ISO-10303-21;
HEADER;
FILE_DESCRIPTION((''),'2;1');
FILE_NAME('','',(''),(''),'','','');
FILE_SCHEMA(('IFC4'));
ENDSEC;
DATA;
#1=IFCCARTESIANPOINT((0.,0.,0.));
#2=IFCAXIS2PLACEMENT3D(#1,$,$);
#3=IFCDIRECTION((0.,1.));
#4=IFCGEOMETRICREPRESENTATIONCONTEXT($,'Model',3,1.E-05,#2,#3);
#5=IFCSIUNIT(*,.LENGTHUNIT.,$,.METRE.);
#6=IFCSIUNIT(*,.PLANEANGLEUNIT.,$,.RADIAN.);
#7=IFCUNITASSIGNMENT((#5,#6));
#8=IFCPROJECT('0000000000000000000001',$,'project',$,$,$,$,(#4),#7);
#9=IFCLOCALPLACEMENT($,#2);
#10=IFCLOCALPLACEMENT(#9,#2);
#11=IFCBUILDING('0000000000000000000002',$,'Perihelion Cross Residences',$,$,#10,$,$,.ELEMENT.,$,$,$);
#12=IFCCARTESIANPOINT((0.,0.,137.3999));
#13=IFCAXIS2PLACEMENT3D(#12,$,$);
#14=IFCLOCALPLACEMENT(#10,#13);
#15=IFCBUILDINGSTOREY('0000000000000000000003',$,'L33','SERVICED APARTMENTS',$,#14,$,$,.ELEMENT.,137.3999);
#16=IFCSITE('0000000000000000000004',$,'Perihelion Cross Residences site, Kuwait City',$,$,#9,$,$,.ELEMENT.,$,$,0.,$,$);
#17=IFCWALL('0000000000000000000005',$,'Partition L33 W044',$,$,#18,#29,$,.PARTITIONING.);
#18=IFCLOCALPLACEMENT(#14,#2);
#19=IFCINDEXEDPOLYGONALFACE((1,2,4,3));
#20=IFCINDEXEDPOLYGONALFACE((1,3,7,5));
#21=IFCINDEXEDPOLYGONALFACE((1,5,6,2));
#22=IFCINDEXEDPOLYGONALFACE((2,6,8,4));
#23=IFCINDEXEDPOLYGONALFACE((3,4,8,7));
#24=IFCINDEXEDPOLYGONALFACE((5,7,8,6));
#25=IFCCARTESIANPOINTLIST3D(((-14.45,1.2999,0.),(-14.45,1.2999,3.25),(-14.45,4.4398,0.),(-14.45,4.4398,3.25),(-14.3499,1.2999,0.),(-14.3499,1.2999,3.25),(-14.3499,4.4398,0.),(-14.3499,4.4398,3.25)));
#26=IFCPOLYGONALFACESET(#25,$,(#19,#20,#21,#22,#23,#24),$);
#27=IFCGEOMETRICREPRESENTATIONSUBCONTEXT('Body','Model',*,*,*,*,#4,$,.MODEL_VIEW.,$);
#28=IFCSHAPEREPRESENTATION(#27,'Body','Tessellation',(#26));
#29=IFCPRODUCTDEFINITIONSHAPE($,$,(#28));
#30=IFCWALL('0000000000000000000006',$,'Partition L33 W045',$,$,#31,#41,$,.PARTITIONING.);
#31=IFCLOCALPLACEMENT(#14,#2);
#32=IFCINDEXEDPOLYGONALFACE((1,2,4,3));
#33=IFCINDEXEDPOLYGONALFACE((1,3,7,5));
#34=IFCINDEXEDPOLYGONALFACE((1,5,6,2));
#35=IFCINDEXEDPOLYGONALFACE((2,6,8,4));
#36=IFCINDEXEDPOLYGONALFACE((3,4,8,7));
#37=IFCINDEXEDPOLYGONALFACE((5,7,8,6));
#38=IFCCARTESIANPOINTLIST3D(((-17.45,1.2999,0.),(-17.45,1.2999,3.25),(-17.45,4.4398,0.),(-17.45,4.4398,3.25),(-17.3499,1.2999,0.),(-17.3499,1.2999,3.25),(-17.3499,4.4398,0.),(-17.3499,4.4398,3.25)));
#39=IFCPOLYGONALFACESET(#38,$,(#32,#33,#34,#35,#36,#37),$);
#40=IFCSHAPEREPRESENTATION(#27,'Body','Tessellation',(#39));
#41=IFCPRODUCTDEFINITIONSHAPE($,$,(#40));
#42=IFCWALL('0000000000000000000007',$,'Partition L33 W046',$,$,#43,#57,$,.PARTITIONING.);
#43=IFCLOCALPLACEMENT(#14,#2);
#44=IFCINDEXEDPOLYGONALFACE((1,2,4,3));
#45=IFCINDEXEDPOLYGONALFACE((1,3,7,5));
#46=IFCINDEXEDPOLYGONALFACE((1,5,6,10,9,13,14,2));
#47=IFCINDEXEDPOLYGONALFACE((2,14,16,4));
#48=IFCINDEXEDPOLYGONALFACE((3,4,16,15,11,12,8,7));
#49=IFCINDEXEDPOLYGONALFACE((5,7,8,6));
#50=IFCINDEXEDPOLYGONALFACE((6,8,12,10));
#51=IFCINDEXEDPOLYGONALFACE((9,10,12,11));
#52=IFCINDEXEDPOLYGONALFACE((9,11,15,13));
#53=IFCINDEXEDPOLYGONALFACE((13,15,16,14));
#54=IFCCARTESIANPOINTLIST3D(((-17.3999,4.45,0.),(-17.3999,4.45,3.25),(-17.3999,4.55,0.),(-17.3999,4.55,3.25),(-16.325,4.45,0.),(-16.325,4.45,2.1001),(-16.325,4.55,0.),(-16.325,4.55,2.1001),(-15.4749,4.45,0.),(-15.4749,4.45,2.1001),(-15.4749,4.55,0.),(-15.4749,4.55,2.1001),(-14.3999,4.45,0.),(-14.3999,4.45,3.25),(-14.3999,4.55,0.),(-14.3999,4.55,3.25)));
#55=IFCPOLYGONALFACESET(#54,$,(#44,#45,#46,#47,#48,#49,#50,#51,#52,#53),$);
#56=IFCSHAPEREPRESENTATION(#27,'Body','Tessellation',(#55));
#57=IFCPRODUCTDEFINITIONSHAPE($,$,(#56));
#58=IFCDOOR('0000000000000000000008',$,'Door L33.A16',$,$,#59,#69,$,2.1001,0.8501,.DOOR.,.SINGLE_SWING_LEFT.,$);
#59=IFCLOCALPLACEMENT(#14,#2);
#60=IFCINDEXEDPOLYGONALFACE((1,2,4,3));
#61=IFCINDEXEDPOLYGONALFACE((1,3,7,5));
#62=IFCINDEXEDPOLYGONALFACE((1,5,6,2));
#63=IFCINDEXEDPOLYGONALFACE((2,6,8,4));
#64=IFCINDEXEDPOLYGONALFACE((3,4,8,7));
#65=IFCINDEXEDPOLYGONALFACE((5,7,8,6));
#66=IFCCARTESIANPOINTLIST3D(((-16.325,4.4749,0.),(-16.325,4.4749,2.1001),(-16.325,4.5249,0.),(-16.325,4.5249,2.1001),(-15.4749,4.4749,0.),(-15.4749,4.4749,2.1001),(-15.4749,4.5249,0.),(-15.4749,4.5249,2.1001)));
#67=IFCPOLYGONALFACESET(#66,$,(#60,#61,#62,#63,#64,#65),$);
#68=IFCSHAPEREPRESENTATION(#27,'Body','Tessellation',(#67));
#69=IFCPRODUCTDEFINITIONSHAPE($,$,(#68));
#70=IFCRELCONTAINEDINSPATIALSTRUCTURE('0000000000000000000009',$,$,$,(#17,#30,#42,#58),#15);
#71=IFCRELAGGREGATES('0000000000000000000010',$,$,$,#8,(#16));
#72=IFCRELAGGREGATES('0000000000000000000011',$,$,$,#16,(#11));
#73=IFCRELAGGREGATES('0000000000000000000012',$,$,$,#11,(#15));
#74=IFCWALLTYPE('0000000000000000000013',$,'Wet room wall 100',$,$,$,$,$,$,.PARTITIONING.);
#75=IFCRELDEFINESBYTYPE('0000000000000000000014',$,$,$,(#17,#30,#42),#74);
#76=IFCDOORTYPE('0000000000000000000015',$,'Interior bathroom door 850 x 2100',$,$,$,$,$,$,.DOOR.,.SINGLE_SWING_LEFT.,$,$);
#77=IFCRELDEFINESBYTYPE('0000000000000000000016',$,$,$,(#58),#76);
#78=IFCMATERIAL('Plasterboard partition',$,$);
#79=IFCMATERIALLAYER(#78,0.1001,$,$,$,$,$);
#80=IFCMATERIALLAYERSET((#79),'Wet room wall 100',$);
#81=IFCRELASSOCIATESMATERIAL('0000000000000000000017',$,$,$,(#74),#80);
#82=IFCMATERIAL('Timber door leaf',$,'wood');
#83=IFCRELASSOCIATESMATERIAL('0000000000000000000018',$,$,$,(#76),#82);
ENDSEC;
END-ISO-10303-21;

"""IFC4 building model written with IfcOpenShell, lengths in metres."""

from ifc_helpers import new_model, si_unit, direction, frame, frame_2d, origin, place, context, subcontext, project, spatial, rectangle, extrude, material, layer, layer_set, type_object, element, fill, save


model = new_model("IFC4")

# Units and contexts
model_context = context("Model", 3, precision=1e-05, world=origin(), true_north=direction((0.0, 1.0)))
body_context = subcontext(model_context, "Body", "Model", "MODEL_VIEW")
ifc_project = project(units=[si_unit("LENGTHUNIT", "METRE"), si_unit("PLANEANGLEUNIT", "RADIAN")], contexts=[model_context])

# Site, building, storey
site_placement = place(None, origin())
site = spatial("IfcSite", under=ifc_project, at=site_placement, Name="Perihelion Cross Residences site, Kuwait City", CompositionType="ELEMENT", RefElevation=0.0)
building_placement = place(site_placement, origin())
building = spatial("IfcBuilding", under=site, at=building_placement, Name="Perihelion Cross Residences", CompositionType="ELEMENT")
storey_placement = place(building_placement, frame((0.0, 0.0, 137.3999)))
storey = spatial("IfcBuildingStorey", under=building, at=storey_placement, Name="L33", Description="SERVICED APARTMENTS", CompositionType="ELEMENT", Elevation=137.3999)

# Walls
ifc_material_1 = material(Name="Plasterboard partition")
ifc_layer_1 = layer(ifc_material_1, 0.1001)
ifc_layer_set_1 = layer_set([ifc_layer_1], Name="Wet room wall 100")
wall_type_1 = type_object("IfcWallType", Name="Wet room wall 100", PredefinedType="PARTITIONING", material=ifc_layer_set_1)
for number, where, z_axis, x_axis, name in (
    (1, (-14.3999, 1.3, 0.0), (0.0, 0.0, 1.0), (0.0, 1.0, 0.0), "Partition L33 W044"),
    (2, (-17.3999, 1.3, 0.0), (0.0, 0.0, 1.0), (0.0, 1.0, 0.0), "Partition L33 W045"),
):
    element("IfcWall", number, at=place(storey_placement, frame(where, z_axis=z_axis, x_axis=x_axis)), inside=storey, type_object=wall_type_1, Name=name, PredefinedType="PARTITIONING", context=body_context, shape_type="SweptSolid", body=[
        extrude(rectangle(XDim=3.1399, YDim=0.1001, at=frame_2d((1.5698, 0.0))), origin(), (0.0, 0.0, 1.0), 3.25),
    ])

# Wall, opening, door
wall_1_placement = place(storey_placement, frame((-17.3999, 4.5, 0.0), z_axis=(0.0, 0.0, 1.0), x_axis=(1.0, 0.0, 0.0)))
wall_1 = element("IfcWall", 3, at=wall_1_placement, inside=storey, type_object=wall_type_1, Name="Partition L33 W046", PredefinedType="PARTITIONING", context=body_context, shape_type="SweptSolid", body=[
    extrude(rectangle(XDim=3.0, YDim=0.1001, at=frame_2d((1.5, 0.0))), origin(), (0.0, 0.0, 1.0), 3.25),
])
opening_1_placement = place(wall_1_placement, frame((1.075, 0.0, 0.0)))
opening_1 = element("IfcOpeningElement", 4, at=opening_1_placement, cuts=wall_1, PredefinedType="OPENING", context=body_context, shape_type="SweptSolid", body=[
    extrude(rectangle(XDim=0.8501, YDim=2.1001, at=frame_2d((0.425, 1.05))), frame((0.0, 0.0601, 0.0), z_axis=(0.0, -1.0, 0.0), x_axis=(1.0, 0.0, 0.0)), (0.0, 0.0, 1.0), 0.1201),
])
ifc_material_2 = material(Name="Timber door leaf", Category="wood")
door_type_1 = type_object("IfcDoorType", Name="Interior bathroom door 850 x 2100", OperationType="SINGLE_SWING_LEFT", PredefinedType="DOOR", material=ifc_material_2)
door_1_placement = place(opening_1_placement, origin())
door_1 = element("IfcDoor", 5, at=door_1_placement, inside=storey, type_object=door_type_1, Name="Door L33.A16", OperationType="SINGLE_SWING_LEFT", OverallHeight=2.1001, OverallWidth=0.8501, PredefinedType="DOOR", context=body_context, shape_type="SweptSolid", body=[
    extrude(rectangle(XDim=0.8501, YDim=2.1001, at=frame_2d((0.425, 1.05))), frame((0.0, 0.0249, 0.0), z_axis=(0.0, -1.0, 0.0), x_axis=(1.0, 0.0, 0.0)), (0.0, 0.0, 1.0), 0.05),
])
fill(opening_1, door_1)

save(model, "model.ifc")
